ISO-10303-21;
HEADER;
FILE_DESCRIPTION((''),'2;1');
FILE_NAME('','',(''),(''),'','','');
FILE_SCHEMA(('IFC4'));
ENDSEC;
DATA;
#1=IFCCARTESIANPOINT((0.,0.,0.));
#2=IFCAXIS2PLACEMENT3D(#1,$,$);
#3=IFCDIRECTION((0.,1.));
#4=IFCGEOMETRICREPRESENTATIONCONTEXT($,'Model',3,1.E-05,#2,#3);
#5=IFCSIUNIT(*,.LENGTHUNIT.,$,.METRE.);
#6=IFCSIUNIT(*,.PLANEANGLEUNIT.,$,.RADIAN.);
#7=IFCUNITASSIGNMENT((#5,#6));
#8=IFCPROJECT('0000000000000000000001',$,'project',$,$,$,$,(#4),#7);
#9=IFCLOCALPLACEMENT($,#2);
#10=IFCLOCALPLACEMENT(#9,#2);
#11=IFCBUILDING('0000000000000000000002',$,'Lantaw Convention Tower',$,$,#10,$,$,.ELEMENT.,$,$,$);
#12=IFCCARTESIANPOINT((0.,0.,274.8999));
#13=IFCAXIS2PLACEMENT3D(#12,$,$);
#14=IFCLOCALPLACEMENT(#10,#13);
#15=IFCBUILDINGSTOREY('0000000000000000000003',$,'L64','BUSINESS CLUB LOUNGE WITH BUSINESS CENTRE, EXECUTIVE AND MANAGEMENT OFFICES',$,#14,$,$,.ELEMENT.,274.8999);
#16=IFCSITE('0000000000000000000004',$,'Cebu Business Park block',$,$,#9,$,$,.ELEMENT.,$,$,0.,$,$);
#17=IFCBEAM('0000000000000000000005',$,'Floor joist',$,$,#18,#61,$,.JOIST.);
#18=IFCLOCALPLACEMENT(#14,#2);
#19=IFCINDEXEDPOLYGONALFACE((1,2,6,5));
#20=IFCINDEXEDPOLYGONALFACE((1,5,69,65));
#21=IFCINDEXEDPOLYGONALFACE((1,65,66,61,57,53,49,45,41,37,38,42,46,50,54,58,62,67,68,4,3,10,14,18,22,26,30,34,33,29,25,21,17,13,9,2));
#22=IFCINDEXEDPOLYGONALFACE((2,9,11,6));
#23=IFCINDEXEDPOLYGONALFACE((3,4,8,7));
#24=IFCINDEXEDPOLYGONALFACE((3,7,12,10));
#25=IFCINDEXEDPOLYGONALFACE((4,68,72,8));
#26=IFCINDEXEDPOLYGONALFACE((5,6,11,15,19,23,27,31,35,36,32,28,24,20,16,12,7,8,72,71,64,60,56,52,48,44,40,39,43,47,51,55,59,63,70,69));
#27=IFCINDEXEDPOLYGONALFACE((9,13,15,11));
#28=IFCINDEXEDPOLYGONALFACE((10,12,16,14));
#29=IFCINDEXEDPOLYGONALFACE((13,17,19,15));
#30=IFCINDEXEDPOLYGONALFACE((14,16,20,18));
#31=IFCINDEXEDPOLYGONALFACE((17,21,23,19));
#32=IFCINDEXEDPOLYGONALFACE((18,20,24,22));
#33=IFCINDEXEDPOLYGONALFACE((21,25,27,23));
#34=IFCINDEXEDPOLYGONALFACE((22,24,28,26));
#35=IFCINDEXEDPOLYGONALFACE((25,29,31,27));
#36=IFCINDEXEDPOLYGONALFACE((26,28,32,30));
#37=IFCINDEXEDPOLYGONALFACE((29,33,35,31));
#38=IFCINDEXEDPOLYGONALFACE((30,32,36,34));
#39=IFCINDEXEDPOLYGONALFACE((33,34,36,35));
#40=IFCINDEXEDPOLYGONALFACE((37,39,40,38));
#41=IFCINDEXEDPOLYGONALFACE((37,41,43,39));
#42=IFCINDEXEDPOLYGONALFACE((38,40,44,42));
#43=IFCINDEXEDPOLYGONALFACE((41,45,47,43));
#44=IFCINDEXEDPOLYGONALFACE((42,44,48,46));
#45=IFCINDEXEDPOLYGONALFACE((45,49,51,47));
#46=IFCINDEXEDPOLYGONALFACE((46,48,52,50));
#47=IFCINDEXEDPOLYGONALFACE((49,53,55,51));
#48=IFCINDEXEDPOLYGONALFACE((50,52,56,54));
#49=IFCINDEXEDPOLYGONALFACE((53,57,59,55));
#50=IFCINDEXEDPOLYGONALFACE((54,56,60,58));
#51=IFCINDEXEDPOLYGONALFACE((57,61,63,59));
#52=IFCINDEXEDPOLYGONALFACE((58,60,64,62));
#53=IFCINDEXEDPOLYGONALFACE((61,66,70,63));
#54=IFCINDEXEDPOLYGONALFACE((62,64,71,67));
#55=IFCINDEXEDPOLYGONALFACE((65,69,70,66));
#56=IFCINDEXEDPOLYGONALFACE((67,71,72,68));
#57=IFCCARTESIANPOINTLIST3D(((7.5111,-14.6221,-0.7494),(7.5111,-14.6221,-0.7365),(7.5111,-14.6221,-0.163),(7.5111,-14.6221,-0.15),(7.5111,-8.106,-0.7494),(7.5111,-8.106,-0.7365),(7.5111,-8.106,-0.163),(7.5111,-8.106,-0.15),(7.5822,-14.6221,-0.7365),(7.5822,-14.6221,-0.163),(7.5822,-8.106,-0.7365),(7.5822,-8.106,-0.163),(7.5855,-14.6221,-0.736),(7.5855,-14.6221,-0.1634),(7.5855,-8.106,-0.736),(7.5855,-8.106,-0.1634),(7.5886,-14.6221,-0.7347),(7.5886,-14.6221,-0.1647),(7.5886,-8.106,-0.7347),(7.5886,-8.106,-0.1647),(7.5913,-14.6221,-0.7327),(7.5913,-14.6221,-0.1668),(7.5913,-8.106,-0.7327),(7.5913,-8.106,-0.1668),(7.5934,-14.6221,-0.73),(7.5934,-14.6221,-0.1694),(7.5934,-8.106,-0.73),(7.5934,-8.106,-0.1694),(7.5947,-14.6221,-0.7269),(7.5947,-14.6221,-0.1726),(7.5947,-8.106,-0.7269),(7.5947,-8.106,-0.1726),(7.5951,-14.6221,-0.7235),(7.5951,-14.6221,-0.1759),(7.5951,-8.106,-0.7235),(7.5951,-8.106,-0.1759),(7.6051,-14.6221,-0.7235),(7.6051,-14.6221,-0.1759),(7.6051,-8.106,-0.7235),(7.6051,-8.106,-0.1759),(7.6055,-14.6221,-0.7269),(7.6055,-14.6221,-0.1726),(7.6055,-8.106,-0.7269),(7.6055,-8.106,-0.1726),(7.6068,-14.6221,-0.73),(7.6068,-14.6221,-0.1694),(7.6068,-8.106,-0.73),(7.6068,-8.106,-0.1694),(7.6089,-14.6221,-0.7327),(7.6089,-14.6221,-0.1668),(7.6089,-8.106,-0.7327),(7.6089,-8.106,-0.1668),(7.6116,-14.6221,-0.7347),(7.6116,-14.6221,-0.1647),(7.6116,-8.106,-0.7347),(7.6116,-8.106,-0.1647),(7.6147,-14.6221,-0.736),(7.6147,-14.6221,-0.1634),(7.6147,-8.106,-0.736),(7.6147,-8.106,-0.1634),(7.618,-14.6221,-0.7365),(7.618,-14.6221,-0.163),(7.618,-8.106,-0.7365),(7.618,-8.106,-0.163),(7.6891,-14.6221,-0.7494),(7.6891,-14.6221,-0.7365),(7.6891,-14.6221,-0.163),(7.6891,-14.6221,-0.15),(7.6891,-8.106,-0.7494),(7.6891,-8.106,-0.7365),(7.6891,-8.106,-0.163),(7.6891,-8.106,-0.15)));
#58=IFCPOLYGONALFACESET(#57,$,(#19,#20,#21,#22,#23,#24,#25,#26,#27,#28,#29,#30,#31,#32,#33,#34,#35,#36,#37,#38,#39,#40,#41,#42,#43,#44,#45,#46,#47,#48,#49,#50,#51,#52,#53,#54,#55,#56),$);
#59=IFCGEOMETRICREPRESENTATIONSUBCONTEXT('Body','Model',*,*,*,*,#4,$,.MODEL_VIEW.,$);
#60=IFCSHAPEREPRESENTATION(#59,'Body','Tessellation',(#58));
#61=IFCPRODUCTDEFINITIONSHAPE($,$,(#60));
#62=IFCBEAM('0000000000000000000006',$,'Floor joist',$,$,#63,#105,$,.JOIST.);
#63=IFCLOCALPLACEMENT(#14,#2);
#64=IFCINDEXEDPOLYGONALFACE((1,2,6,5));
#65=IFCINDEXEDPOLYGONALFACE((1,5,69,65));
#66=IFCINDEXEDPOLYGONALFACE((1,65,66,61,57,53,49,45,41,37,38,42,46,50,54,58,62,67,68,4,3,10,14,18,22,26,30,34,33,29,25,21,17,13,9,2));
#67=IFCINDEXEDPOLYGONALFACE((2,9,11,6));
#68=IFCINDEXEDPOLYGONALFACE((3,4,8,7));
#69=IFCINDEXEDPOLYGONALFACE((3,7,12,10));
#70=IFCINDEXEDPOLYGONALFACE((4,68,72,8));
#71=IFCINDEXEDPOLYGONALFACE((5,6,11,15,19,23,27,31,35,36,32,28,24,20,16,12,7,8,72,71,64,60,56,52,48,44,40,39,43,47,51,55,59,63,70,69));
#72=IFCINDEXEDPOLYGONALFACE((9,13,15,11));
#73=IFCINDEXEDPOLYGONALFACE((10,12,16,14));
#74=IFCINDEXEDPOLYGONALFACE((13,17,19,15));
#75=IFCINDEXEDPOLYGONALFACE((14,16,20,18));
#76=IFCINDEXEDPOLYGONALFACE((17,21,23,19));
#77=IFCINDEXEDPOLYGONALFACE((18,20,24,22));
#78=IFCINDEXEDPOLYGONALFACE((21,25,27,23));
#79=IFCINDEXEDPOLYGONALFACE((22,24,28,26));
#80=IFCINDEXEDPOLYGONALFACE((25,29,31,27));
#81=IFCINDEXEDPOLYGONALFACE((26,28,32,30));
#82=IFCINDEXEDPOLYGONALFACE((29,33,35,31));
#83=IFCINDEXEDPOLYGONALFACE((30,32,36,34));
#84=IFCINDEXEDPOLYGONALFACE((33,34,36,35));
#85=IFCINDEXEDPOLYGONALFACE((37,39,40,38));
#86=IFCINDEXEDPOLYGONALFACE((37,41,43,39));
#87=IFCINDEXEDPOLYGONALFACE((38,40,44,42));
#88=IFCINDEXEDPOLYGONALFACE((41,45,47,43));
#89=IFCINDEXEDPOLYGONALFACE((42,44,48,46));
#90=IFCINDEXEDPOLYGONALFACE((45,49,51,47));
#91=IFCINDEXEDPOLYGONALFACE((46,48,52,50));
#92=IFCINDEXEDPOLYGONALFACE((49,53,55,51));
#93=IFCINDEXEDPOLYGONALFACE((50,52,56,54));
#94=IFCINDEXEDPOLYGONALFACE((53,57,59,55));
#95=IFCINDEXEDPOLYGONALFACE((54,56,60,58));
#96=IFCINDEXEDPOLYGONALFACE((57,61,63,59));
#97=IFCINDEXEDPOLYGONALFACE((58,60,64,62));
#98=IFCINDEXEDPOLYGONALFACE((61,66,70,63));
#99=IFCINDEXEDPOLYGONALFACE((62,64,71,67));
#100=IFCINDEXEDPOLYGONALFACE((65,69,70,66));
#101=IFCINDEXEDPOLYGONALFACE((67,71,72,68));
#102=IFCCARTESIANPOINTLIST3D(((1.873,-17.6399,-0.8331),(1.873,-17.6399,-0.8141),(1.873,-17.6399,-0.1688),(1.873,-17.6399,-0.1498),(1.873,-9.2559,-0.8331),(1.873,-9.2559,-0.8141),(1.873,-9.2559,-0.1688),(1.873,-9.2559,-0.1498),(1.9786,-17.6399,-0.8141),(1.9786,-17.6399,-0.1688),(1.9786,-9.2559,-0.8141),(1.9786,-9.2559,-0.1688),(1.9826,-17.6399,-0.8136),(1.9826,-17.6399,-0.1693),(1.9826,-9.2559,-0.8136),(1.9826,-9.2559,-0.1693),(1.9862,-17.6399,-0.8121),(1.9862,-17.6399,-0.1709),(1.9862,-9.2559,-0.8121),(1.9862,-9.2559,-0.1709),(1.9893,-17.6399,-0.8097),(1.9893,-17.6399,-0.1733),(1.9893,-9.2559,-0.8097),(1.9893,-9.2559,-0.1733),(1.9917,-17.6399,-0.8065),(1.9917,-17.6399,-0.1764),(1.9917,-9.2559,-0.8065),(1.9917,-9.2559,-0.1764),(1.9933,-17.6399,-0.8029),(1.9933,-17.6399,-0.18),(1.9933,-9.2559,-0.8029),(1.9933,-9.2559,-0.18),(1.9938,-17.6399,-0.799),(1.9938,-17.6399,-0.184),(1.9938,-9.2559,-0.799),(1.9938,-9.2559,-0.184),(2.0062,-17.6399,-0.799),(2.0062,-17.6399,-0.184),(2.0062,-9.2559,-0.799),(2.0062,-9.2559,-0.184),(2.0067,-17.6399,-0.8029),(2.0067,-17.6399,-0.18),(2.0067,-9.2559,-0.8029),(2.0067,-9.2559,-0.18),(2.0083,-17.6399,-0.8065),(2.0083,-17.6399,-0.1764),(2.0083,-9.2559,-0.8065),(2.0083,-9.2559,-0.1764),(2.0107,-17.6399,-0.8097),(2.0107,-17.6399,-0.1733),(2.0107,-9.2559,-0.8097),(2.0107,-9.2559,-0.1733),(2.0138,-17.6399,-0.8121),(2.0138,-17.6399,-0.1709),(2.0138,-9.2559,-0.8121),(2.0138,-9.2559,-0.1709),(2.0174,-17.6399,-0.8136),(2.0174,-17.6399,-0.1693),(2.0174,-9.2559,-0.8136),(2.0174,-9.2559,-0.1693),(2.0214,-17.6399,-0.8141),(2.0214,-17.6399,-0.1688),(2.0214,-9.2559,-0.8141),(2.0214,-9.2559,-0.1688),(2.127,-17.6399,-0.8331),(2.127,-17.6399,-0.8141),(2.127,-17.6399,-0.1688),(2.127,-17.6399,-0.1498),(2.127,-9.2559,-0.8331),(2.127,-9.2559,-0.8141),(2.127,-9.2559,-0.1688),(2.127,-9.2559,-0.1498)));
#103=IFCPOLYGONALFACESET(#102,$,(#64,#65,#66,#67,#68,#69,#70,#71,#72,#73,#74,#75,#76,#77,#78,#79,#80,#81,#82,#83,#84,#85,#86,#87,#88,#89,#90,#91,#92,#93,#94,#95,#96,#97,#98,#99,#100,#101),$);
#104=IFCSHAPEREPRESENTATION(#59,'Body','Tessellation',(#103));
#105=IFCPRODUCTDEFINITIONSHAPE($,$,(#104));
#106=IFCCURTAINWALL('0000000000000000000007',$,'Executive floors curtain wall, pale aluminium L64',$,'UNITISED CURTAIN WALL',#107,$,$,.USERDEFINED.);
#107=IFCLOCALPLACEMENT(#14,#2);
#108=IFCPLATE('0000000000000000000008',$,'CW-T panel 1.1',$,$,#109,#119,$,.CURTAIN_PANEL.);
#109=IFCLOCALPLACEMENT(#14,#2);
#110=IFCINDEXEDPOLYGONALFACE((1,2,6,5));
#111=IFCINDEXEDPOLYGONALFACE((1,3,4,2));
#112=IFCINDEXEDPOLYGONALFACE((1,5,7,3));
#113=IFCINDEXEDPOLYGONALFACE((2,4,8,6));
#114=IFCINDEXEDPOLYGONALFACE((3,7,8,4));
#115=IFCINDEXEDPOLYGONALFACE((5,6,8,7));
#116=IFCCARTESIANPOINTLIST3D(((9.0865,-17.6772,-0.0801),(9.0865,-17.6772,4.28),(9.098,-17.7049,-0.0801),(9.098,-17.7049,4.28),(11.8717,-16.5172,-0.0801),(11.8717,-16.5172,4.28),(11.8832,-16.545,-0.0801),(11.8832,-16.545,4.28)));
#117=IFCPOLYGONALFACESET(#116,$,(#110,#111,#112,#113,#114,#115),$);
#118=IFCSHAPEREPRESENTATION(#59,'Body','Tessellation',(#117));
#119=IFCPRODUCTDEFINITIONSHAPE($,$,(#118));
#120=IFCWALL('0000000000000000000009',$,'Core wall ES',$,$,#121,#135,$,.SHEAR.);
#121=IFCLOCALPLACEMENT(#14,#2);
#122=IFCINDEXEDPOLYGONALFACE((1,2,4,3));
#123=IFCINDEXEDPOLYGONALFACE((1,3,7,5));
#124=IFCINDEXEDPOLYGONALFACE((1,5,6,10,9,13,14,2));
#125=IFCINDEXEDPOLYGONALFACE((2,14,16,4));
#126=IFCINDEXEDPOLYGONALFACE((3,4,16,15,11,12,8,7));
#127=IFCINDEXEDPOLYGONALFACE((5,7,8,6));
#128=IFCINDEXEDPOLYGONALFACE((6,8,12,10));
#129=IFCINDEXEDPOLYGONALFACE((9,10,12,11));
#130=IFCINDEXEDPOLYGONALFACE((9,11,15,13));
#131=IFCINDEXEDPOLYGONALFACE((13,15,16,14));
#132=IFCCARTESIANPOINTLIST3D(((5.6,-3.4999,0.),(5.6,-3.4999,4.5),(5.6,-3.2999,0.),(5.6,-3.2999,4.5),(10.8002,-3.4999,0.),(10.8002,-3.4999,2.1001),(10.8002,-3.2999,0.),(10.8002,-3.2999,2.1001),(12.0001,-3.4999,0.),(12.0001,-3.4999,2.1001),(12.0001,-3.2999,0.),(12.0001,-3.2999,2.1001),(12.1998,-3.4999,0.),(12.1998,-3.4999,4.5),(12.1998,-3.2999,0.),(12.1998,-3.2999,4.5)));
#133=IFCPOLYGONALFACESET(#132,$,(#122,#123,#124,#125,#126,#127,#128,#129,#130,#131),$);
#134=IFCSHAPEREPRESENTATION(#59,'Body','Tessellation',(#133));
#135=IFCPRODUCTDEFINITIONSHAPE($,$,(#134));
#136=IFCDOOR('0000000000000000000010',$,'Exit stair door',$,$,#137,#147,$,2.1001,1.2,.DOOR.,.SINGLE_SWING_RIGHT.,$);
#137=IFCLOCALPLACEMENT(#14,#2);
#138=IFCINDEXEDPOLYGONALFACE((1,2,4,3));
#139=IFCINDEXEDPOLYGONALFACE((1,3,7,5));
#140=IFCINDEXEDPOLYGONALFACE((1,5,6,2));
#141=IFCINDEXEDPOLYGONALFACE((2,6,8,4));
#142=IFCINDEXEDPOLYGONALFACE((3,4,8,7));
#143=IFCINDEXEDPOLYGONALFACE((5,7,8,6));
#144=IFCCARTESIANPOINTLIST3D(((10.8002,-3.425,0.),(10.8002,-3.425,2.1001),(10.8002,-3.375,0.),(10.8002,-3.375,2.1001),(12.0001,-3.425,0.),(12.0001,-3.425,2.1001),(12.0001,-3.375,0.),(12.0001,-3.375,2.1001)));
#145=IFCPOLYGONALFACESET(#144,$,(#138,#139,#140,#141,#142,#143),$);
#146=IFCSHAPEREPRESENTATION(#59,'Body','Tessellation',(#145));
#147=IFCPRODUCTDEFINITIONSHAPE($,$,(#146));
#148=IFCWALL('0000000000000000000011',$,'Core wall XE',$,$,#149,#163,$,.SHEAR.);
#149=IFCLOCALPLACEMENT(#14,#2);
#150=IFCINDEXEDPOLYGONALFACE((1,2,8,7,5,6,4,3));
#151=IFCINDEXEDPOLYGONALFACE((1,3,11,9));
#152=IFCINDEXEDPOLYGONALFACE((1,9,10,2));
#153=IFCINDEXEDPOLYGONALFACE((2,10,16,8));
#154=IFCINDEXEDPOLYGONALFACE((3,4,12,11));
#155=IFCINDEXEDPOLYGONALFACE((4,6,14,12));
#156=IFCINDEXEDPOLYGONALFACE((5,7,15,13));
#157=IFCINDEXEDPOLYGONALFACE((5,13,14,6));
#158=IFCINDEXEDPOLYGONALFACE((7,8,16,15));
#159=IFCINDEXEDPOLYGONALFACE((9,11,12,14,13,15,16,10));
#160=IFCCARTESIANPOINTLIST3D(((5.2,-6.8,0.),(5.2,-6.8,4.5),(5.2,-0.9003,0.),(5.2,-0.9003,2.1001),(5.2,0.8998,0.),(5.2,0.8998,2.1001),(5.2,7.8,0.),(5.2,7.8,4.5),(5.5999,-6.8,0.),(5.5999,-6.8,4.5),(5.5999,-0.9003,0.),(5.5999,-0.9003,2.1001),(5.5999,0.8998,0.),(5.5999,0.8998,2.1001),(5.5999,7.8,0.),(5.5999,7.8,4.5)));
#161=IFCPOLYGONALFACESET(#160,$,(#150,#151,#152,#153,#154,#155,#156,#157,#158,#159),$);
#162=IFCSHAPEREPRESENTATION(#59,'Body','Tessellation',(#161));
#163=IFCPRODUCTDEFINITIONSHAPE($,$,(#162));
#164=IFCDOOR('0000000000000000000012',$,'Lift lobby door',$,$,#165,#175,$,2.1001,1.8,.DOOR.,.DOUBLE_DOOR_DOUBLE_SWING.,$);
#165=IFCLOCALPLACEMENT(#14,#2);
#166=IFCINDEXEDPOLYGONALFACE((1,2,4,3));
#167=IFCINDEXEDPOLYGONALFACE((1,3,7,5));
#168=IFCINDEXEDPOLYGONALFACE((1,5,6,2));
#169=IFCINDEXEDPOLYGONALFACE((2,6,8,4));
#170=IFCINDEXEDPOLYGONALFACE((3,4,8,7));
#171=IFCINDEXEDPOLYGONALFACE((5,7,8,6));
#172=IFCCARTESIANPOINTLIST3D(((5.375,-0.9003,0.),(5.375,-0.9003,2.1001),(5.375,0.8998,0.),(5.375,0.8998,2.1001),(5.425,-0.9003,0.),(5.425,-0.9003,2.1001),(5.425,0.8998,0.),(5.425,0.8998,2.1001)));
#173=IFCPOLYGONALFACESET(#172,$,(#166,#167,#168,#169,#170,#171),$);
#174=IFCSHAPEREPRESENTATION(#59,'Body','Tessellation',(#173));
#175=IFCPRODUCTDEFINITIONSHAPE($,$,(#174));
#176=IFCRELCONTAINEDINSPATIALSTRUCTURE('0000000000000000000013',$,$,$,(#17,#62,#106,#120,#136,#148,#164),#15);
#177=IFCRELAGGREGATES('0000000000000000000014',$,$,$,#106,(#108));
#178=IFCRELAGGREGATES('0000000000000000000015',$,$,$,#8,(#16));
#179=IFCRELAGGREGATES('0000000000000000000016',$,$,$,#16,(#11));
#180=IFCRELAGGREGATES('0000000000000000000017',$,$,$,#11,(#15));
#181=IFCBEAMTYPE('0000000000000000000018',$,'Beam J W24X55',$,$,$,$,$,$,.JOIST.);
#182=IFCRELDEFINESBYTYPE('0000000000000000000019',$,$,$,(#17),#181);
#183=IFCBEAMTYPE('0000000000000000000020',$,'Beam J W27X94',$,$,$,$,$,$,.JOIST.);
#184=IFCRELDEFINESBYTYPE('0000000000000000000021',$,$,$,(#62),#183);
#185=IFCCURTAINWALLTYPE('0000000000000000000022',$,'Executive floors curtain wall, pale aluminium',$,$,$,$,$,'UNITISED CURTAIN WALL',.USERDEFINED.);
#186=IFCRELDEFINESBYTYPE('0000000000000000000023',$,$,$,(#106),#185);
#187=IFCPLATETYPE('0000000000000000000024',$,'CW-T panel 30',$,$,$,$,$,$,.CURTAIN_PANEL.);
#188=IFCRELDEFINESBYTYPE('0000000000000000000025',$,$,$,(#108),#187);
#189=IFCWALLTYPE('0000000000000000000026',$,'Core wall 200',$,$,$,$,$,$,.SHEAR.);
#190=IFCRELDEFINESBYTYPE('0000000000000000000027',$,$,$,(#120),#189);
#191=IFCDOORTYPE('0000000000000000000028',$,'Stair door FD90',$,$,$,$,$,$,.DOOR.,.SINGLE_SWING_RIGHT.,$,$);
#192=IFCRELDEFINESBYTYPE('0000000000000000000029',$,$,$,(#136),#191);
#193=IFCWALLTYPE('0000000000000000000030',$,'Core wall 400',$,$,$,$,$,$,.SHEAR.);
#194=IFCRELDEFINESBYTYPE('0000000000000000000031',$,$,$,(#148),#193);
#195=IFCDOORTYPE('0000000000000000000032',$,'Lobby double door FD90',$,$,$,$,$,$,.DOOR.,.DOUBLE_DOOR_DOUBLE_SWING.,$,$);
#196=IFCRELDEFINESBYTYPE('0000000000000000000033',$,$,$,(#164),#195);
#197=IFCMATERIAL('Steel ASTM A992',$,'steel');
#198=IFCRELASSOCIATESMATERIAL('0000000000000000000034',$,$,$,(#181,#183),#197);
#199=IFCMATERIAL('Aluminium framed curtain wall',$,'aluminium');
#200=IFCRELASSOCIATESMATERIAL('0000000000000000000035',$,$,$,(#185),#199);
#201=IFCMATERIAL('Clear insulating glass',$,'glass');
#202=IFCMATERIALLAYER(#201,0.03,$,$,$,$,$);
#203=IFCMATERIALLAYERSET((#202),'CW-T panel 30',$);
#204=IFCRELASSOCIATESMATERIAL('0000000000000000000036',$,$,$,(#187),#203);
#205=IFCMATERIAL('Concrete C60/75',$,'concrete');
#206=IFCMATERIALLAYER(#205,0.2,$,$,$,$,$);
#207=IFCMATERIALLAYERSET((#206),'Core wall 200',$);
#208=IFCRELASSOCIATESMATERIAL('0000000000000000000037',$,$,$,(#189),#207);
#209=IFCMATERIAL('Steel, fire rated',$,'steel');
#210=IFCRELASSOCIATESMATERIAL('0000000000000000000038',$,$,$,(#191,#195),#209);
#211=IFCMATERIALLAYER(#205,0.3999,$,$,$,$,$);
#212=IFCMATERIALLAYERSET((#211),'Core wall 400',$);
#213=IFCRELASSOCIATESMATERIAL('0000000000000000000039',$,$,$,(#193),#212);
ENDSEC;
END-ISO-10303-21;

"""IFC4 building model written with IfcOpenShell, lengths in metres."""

from ifc_helpers import new_model, si_unit, direction, frame, frame_2d, origin, origin_2d, place, context, subcontext, project, spatial, rectangle, i_section, extrude, material, layer, layer_set, material_profile, profile_set, type_object, element, fill, aggregate, save


model = new_model("IFC4")

# Units and contexts
model_context = context("Model", 3, precision=1e-05, world=origin(), true_north=direction((0.0, 1.0)))
body_context = subcontext(model_context, "Body", "Model", "MODEL_VIEW")
ifc_project = project(units=[si_unit("LENGTHUNIT", "METRE"), si_unit("PLANEANGLEUNIT", "RADIAN")], contexts=[model_context])

# Site, building, storey
site_placement = place(None, origin())
site = spatial("IfcSite", under=ifc_project, at=site_placement, Name="Cebu Business Park block", CompositionType="ELEMENT", RefElevation=0.0)
building_placement = place(site_placement, origin())
building = spatial("IfcBuilding", under=site, at=building_placement, Name="Lantaw Convention Tower", CompositionType="ELEMENT")
storey_placement = place(building_placement, frame((0.0, 0.0, 274.8999)))
storey = spatial("IfcBuildingStorey", under=building, at=storey_placement, Name="L64", Description="BUSINESS CLUB LOUNGE WITH BUSINESS CENTRE, EXECUTIVE AND MANAGEMENT OFFICES", CompositionType="ELEMENT", Elevation=274.8999)

# Shared definitions
ifc_material_1 = material(Name="Concrete C60/75", Category="concrete")

# Beams
ifc_material_2 = material(Name="Steel ASTM A992", Category="steel")
ifc_material_profile_1 = material_profile(ifc_material_2, i_section(OverallWidth=0.178, OverallDepth=0.5994, WebThickness=0.01, FlangeThickness=0.0129, FilletRadius=0.0129, at=origin_2d()), Name="W24X55")
ifc_profile_set_1 = profile_set([ifc_material_profile_1], Name="Steel ASTM A992")
beam_type_1 = type_object("IfcBeamType", Name="Beam J W24X55", PredefinedType="JOIST", material=ifc_profile_set_1)
beam_1_placement = place(storey_placement, frame((7.6001, -14.6221, -0.4497), z_axis=(0.0, 1.0, 0.0), x_axis=(-1.0, 0.0, 0.0)))
element("IfcBeam", 1, at=beam_1_placement, inside=storey, type_object=beam_type_1, Name="Floor joist", PredefinedType="JOIST", context=body_context, shape_type="SweptSolid", body=[
    extrude(i_section(OverallWidth=0.178, OverallDepth=0.5994, WebThickness=0.01, FlangeThickness=0.0129, FilletRadius=0.0129, at=origin_2d()), origin(), (0.0, 0.0, 1.0), 6.5161),
])
ifc_material_profile_2 = material_profile(ifc_material_2, i_section(OverallWidth=0.2539, OverallDepth=0.6833, WebThickness=0.0125, FlangeThickness=0.019, FilletRadius=0.0151, at=origin_2d()), Name="W27X94")
ifc_profile_set_2 = profile_set([ifc_material_profile_2], Name="Steel ASTM A992")
beam_type_2 = type_object("IfcBeamType", Name="Beam J W27X94", PredefinedType="JOIST", material=ifc_profile_set_2)
beam_2_placement = place(storey_placement, frame((2.0, -17.6399, -0.4915), z_axis=(0.0, 1.0, 0.0), x_axis=(-1.0, 0.0, 0.0)))
element("IfcBeam", 2, at=beam_2_placement, inside=storey, type_object=beam_type_2, Name="Floor joist", PredefinedType="JOIST", context=body_context, shape_type="SweptSolid", body=[
    extrude(i_section(OverallWidth=0.2539, OverallDepth=0.6833, WebThickness=0.0125, FlangeThickness=0.019, FilletRadius=0.0151, at=origin_2d()), origin(), (0.0, 0.0, 1.0), 8.384),
])

# Curtain wall, plate
ifc_material_3 = material(Name="Aluminium framed curtain wall", Category="aluminium")
curtain_wall_type = type_object("IfcCurtainWallType", Name="Executive floors curtain wall, pale aluminium", ElementType="UNITISED CURTAIN WALL", PredefinedType="USERDEFINED", material=ifc_material_3)
curtain_wall_placement = place(storey_placement, origin())
curtain_wall = element("IfcCurtainWall", 3, at=curtain_wall_placement, inside=storey, type_object=curtain_wall_type, Name="Executive floors curtain wall, pale aluminium L64", ObjectType="UNITISED CURTAIN WALL", PredefinedType="USERDEFINED")
ifc_material_4 = material(Name="Clear insulating glass", Category="glass")
ifc_layer_1 = layer(ifc_material_4, 0.03)
ifc_layer_set_1 = layer_set([ifc_layer_1], Name="CW-T panel 30")
plate_type = type_object("IfcPlateType", Name="CW-T panel 30", PredefinedType="CURTAIN_PANEL", material=ifc_layer_set_1)
plate_placement = place(storey_placement, frame((10.4849, -17.1111, -0.0801), z_axis=(0.0, 0.0, 1.0), x_axis=(0.923142, 0.38446, 0.0)))
plate = element("IfcPlate", 4, at=plate_placement, type_object=plate_type, Name="CW-T panel 1.1", PredefinedType="CURTAIN_PANEL", context=body_context, shape_type="SweptSolid", body=[
    extrude(rectangle(XDim=3.0171, YDim=0.03, at=origin_2d()), origin(), (0.0, 0.0, 1.0), 4.3601),
])
aggregate(curtain_wall, [plate])

# Walls, openings, doors
ifc_layer_2 = layer(ifc_material_1, 0.2)
ifc_layer_set_2 = layer_set([ifc_layer_2], Name="Core wall 200")
wall_type_1 = type_object("IfcWallType", Name="Core wall 200", PredefinedType="SHEAR", material=ifc_layer_set_2)
wall_1_placement = place(storey_placement, frame((5.6001, -3.3999, 0.0), z_axis=(0.0, 0.0, 1.0), x_axis=(1.0, 0.0, 0.0)))
wall_1 = element("IfcWall", 5, at=wall_1_placement, inside=storey, type_object=wall_type_1, Name="Core wall ES", PredefinedType="SHEAR", context=body_context, shape_type="SweptSolid", body=[
    extrude(rectangle(XDim=6.5999, YDim=0.2, at=frame_2d((3.2998, 0.0))), origin(), (0.0, 0.0, 1.0), 4.5),
])
opening_1_placement = place(wall_1_placement, frame((5.2, 0.0, 0.0)))
opening_1 = element("IfcOpeningElement", 6, at=opening_1_placement, cuts=wall_1, PredefinedType="OPENING", context=body_context, shape_type="SweptSolid", body=[
    extrude(rectangle(XDim=1.2, YDim=2.1001, at=frame_2d((0.6001, 1.05))), frame((0.0, 0.1099, 0.0), z_axis=(0.0, -1.0, 0.0), x_axis=(1.0, 0.0, 0.0)), (0.0, 0.0, 1.0), 0.22),
])
ifc_material_5 = material(Name="Steel, fire rated", Category="steel")
door_type_1 = type_object("IfcDoorType", Name="Stair door FD90", OperationType="SINGLE_SWING_RIGHT", PredefinedType="DOOR", material=ifc_material_5)
door_1_placement = place(opening_1_placement, origin())
door_1 = element("IfcDoor", 7, at=door_1_placement, inside=storey, type_object=door_type_1, Name="Exit stair door", OperationType="SINGLE_SWING_RIGHT", OverallHeight=2.1001, OverallWidth=1.2, PredefinedType="DOOR", context=body_context, shape_type="SweptSolid", body=[
    extrude(rectangle(XDim=1.2, YDim=2.1001, at=frame_2d((0.6001, 1.05))), frame((0.0, 0.0249, 0.0), z_axis=(0.0, -1.0, 0.0), x_axis=(1.0, 0.0, 0.0)), (0.0, 0.0, 1.0), 0.05),
])
fill(opening_1, door_1)
ifc_layer_3 = layer(ifc_material_1, 0.3999)
ifc_layer_set_3 = layer_set([ifc_layer_3], Name="Core wall 400")
wall_type_2 = type_object("IfcWallType", Name="Core wall 400", PredefinedType="SHEAR", material=ifc_layer_set_3)
wall_2_placement = place(storey_placement, frame((5.3999, -6.8, 0.0), z_axis=(0.0, 0.0, 1.0), x_axis=(0.0, 1.0, 0.0)))
wall_2 = element("IfcWall", 8, at=wall_2_placement, inside=storey, type_object=wall_type_2, Name="Core wall XE", PredefinedType="SHEAR", context=body_context, shape_type="SweptSolid", body=[
    extrude(rectangle(XDim=14.6001, YDim=0.3999, at=frame_2d((7.3, 0.0))), origin(), (0.0, 0.0, 1.0), 4.5),
])
opening_2_placement = place(wall_2_placement, frame((5.8999, 0.0, 0.0)))
opening_2 = element("IfcOpeningElement", 9, at=opening_2_placement, cuts=wall_2, PredefinedType="OPENING", context=body_context, shape_type="SweptSolid", body=[
    extrude(rectangle(XDim=1.8, YDim=2.1001, at=frame_2d((0.8999, 1.05))), frame((0.0, 0.21, 0.0), z_axis=(0.0, -1.0, 0.0), x_axis=(1.0, 0.0, 0.0)), (0.0, 0.0, 1.0), 0.4199),
])
door_type_2 = type_object("IfcDoorType", Name="Lobby double door FD90", OperationType="DOUBLE_DOOR_DOUBLE_SWING", PredefinedType="DOOR", material=ifc_material_5)
door_2_placement = place(opening_2_placement, origin())
door_2 = element("IfcDoor", 10, at=door_2_placement, inside=storey, type_object=door_type_2, Name="Lift lobby door", OperationType="DOUBLE_DOOR_DOUBLE_SWING", OverallHeight=2.1001, OverallWidth=1.8, PredefinedType="DOOR", context=body_context, shape_type="SweptSolid", body=[
    extrude(rectangle(XDim=1.8, YDim=2.1001, at=frame_2d((0.8999, 1.05))), frame((0.0, 0.0249, 0.0), z_axis=(0.0, -1.0, 0.0), x_axis=(1.0, 0.0, 0.0)), (0.0, 0.0, 1.0), 0.05),
])
fill(opening_2, door_2)

save(model, "model.ifc")
